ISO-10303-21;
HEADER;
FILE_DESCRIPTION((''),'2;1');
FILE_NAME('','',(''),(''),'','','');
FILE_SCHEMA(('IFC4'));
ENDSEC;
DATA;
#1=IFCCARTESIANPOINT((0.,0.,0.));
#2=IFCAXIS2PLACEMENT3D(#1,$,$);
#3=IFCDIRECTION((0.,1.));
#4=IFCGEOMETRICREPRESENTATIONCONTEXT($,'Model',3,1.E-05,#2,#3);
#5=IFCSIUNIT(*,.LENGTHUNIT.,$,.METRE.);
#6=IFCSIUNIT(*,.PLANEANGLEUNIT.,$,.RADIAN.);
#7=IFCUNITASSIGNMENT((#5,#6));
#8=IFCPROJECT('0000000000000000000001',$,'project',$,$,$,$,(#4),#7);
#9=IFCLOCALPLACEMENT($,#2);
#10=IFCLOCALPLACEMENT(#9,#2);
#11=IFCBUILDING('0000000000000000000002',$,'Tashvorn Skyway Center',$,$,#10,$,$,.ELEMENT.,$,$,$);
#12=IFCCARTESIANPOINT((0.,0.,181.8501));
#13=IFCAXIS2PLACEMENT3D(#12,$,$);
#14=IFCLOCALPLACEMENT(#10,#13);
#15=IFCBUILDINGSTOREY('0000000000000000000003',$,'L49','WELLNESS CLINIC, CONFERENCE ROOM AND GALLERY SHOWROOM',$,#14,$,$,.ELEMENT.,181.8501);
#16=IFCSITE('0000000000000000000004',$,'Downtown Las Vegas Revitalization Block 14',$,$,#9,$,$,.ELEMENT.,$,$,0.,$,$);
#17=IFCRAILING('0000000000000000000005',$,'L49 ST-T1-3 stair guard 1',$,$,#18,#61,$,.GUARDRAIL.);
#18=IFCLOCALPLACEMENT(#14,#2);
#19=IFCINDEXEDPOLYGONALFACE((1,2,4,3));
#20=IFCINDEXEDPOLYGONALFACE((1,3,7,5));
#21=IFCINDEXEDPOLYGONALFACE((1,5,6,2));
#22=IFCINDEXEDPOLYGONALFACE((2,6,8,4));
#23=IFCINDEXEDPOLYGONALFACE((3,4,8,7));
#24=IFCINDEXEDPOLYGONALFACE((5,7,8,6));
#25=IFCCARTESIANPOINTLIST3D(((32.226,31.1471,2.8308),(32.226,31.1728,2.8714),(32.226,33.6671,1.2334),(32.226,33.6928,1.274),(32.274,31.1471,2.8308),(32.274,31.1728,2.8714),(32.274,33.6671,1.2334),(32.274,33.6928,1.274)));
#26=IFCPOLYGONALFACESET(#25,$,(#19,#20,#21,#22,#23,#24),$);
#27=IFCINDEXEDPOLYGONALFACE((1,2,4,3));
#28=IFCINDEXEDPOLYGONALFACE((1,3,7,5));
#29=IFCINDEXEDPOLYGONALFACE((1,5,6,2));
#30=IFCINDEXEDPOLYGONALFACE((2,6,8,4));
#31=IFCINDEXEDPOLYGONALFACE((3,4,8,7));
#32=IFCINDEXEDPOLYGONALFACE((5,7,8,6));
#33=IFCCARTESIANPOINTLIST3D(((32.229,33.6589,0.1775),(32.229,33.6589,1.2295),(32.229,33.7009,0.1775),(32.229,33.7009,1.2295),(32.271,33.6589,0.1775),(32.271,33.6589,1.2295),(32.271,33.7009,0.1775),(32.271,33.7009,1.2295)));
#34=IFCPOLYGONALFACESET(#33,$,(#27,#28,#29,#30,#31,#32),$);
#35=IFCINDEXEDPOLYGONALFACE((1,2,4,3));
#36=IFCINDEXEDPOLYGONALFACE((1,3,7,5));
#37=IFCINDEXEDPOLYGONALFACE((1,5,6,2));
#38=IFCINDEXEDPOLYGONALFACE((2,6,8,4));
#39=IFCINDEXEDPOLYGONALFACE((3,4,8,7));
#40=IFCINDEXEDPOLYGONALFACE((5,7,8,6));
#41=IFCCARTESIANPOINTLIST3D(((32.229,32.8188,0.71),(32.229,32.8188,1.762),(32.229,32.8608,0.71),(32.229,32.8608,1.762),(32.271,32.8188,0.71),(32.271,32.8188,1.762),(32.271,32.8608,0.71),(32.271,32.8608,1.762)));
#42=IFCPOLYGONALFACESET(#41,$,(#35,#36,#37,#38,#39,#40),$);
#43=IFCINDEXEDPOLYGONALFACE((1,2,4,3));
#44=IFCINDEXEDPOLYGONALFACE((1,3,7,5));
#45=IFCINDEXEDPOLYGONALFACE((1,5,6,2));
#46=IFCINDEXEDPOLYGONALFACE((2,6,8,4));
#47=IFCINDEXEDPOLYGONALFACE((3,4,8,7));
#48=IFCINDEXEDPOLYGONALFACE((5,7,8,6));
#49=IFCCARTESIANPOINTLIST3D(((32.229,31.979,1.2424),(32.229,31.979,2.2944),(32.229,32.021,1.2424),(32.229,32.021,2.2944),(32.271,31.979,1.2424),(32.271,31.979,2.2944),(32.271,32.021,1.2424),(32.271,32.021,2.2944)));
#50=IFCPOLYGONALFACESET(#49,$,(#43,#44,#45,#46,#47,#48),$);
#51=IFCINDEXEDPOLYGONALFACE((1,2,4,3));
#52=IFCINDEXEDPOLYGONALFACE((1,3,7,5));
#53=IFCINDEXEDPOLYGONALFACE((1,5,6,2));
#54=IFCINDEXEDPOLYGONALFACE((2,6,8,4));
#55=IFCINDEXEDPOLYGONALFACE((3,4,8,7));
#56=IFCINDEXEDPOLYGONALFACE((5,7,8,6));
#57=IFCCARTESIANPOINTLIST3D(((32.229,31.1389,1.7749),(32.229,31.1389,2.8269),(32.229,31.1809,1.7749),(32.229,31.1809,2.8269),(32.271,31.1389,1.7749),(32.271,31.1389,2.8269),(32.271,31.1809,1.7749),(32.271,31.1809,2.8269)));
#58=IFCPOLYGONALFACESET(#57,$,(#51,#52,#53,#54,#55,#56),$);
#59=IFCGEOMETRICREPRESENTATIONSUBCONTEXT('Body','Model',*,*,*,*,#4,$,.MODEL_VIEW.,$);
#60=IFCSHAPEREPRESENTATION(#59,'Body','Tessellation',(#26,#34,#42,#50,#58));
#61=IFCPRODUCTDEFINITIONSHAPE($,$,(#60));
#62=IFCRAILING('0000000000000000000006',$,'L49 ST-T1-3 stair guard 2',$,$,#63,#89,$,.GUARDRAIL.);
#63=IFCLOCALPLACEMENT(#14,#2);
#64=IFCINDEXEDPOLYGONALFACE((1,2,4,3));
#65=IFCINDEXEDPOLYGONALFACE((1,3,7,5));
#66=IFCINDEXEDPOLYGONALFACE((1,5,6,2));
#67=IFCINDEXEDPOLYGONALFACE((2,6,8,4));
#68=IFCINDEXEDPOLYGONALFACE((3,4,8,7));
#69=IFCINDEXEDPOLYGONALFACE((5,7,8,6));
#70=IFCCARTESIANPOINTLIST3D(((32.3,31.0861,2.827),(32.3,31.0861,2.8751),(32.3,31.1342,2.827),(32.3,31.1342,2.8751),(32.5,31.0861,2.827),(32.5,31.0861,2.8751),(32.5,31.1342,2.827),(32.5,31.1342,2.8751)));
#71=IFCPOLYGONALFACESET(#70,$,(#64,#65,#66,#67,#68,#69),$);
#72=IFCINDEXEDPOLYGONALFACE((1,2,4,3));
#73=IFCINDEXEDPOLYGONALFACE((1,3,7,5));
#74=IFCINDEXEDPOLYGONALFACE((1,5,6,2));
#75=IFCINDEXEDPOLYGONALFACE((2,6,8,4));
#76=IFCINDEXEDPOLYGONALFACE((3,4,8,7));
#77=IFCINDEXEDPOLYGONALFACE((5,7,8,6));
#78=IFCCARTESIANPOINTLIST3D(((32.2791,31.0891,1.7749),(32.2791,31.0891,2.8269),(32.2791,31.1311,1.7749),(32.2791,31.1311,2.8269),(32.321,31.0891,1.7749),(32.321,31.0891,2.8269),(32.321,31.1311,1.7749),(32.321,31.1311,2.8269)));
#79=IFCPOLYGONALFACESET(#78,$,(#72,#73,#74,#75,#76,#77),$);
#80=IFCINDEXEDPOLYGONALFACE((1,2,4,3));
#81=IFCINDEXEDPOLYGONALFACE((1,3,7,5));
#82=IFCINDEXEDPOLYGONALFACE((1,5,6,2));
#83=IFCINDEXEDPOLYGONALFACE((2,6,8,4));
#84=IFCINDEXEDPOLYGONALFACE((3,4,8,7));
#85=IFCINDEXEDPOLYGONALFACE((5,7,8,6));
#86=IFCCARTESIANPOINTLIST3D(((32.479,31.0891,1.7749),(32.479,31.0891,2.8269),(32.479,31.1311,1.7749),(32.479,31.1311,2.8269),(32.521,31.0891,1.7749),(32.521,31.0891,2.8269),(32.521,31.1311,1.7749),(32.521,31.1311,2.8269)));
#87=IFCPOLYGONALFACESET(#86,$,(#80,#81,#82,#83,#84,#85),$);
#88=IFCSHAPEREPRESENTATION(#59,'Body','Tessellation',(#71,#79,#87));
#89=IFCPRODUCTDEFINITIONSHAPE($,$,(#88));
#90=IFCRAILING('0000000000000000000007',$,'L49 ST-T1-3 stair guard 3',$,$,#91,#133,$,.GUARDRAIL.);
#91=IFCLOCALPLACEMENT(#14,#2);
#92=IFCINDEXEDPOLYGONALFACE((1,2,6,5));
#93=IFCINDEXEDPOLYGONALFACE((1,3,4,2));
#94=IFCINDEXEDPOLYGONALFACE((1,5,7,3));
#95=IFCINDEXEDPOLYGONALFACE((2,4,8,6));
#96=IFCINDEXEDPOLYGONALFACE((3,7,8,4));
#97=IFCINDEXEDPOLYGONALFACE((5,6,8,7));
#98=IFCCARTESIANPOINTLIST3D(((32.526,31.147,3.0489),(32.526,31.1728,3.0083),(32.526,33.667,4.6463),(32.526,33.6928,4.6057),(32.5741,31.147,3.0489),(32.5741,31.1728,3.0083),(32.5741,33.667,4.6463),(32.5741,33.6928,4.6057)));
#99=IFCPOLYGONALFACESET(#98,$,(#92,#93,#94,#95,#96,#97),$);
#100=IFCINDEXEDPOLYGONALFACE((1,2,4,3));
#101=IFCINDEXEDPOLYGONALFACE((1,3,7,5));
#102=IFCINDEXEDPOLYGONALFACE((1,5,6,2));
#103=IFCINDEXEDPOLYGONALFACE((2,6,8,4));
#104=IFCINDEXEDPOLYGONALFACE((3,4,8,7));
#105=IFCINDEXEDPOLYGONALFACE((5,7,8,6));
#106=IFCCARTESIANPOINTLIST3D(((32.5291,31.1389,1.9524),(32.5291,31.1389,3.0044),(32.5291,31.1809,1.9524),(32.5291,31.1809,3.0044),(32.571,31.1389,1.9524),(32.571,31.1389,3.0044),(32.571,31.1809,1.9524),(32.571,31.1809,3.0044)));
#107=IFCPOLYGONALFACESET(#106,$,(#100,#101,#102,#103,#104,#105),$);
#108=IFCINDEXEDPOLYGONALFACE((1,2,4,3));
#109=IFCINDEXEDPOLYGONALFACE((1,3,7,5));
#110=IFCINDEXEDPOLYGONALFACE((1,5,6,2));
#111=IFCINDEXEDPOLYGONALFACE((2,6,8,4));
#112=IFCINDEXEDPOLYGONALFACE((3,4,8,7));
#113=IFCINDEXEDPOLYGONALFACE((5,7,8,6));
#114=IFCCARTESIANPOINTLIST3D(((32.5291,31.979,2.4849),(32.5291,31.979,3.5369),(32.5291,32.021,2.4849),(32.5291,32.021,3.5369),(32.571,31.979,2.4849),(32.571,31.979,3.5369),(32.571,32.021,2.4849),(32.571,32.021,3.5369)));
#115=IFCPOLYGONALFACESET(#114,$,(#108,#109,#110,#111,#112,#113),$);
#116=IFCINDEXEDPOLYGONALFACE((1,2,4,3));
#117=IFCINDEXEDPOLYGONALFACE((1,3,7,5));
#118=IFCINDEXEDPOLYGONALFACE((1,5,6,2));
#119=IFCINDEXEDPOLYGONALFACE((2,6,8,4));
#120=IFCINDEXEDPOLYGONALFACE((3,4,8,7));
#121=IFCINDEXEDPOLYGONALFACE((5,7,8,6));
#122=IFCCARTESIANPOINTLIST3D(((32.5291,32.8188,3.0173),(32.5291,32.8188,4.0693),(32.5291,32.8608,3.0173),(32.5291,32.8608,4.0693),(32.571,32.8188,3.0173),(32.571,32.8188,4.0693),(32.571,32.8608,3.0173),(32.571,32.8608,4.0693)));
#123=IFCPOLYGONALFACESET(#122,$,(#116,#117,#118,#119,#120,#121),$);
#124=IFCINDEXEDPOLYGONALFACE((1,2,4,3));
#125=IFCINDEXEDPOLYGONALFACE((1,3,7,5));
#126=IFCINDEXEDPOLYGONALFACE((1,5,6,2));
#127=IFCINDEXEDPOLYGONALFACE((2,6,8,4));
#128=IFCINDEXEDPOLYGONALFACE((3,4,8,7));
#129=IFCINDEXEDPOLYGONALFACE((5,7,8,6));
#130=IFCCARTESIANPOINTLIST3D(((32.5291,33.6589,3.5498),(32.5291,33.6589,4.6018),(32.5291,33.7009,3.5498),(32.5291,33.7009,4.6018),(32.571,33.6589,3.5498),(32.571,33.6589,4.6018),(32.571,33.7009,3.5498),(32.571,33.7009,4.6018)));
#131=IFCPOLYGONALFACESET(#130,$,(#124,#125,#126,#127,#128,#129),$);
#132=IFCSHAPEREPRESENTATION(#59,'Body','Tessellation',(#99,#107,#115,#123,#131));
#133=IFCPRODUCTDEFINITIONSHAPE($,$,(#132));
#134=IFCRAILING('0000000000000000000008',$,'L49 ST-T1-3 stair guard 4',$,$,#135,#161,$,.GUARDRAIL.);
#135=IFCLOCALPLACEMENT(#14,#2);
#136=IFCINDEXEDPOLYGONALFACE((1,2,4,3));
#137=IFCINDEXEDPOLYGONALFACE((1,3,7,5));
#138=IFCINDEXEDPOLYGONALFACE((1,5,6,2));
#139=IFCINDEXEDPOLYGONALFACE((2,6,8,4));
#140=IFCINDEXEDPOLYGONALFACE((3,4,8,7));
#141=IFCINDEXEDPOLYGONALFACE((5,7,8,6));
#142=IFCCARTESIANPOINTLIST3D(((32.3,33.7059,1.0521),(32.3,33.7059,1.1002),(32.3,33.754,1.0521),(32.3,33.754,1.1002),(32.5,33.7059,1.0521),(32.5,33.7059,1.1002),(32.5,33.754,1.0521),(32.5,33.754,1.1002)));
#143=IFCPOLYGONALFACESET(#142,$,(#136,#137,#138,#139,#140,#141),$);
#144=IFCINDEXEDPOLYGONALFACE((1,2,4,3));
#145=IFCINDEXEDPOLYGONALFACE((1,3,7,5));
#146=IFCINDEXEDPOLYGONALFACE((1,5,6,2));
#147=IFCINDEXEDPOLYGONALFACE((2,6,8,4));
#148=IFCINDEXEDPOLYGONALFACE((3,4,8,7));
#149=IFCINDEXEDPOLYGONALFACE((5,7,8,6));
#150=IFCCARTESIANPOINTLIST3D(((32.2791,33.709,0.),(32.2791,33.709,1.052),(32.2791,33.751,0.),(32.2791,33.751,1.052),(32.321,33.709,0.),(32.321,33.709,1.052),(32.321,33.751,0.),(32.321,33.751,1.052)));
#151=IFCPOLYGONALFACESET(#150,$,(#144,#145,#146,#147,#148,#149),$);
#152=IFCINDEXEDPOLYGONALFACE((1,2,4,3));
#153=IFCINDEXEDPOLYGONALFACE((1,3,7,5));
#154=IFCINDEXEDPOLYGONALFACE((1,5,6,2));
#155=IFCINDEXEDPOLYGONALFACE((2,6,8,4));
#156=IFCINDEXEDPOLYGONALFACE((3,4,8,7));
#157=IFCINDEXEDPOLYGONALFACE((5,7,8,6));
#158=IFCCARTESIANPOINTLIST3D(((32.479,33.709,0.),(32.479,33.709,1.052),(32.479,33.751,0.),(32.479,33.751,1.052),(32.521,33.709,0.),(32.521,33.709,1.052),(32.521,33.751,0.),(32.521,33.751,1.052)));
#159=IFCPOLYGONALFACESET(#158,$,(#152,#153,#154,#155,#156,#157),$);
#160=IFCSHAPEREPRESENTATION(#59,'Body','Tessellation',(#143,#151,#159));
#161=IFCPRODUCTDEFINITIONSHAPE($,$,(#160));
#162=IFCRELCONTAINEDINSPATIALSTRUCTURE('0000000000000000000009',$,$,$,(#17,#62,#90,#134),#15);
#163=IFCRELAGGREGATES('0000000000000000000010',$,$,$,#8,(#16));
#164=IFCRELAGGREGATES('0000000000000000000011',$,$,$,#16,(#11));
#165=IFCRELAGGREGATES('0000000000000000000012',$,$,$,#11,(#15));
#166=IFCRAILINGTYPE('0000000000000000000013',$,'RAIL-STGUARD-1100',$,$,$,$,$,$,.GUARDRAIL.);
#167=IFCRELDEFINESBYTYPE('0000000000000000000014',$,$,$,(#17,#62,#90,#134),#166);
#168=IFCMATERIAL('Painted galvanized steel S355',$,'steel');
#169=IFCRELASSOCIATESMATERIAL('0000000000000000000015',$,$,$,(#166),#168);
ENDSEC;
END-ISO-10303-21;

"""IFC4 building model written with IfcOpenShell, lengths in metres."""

from ifc_helpers import new_model, si_unit, direction, frame, origin, origin_2d, place, context, subcontext, project, spatial, rectangle, extrude, material, type_object, element, save


model = new_model("IFC4")

# Units and contexts
model_context = context("Model", 3, precision=1e-05, world=origin(), true_north=direction((0.0, 1.0)))
body_context = subcontext(model_context, "Body", "Model", "MODEL_VIEW")
ifc_project = project(units=[si_unit("LENGTHUNIT", "METRE"), si_unit("PLANEANGLEUNIT", "RADIAN")], contexts=[model_context])

# Site, building, storey
site_placement = place(None, origin())
site = spatial("IfcSite", under=ifc_project, at=site_placement, Name="Downtown Las Vegas Revitalization Block 14", CompositionType="ELEMENT", RefElevation=0.0)
building_placement = place(site_placement, origin())
building = spatial("IfcBuilding", under=site, at=building_placement, Name="Tashvorn Skyway Center", CompositionType="ELEMENT")
storey_placement = place(building_placement, frame((0.0, 0.0, 181.8501)))
storey = spatial("IfcBuildingStorey", under=building, at=storey_placement, Name="L49", Description="WELLNESS CLINIC, CONFERENCE ROOM AND GALLERY SHOWROOM", CompositionType="ELEMENT", Elevation=181.8501)

# Railings
ifc_material_1 = material(Name="Painted galvanized steel S355", Category="steel")
railing_type_1 = type_object("IfcRailingType", Name="RAIL-STGUARD-1100", PredefinedType="GUARDRAIL", material=ifc_material_1)
railing_1_placement = place(storey_placement, frame((32.25, 33.6799, 0.1775)))
element("IfcRailing", 1, at=railing_1_placement, inside=storey, type_object=railing_type_1, Name="L49 ST-T1-3 stair guard 1", PredefinedType="GUARDRAIL", context=body_context, shape_type="SweptSolid", body=[
    extrude(rectangle(XDim=0.0481, YDim=0.0481, at=origin_2d()), frame((0.0, 0.0, 1.0762), z_axis=(0.0, -0.844607, 0.535387), x_axis=(1.0, 0.0, 0.0)), (0.0, 0.0, 1.0), 2.9836),
    extrude(rectangle(XDim=0.042, YDim=0.042, at=origin_2d()), origin(), (0.0, 0.0, 1.0), 1.052),
    extrude(rectangle(XDim=0.042, YDim=0.042, at=origin_2d()), frame((0.0, -0.8401, 0.5325)), (0.0, 0.0, 1.0), 1.052),
    extrude(rectangle(XDim=0.042, YDim=0.042, at=origin_2d()), frame((0.0, -1.6799, 1.0649)), (0.0, 0.0, 1.0), 1.052),
    extrude(rectangle(XDim=0.042, YDim=0.042, at=origin_2d()), frame((0.0, -2.52, 1.5974)), (0.0, 0.0, 1.0), 1.052),
])
railing_2_placement = place(storey_placement, frame((32.3, 31.1101, 1.7749)))
element("IfcRailing", 2, at=railing_2_placement, inside=storey, type_object=railing_type_1, Name="L49 ST-T1-3 stair guard 2", PredefinedType="GUARDRAIL", context=body_context, shape_type="SweptSolid", body=[
    extrude(rectangle(XDim=0.0481, YDim=0.0481, at=origin_2d()), frame((0.0, 0.0, 1.0762), z_axis=(1.0, 0.0, 0.0), x_axis=(0.0, 1.0, 0.0)), (0.0, 0.0, 1.0), 0.2),
    extrude(rectangle(XDim=0.042, YDim=0.042, at=origin_2d()), origin(), (0.0, 0.0, 1.0), 1.052),
    extrude(rectangle(XDim=0.042, YDim=0.042, at=origin_2d()), frame((0.2, 0.0, 0.0)), (0.0, 0.0, 1.0), 1.052),
])
railing_3_placement = place(storey_placement, frame((32.55, 31.1599, 1.9524)))
element("IfcRailing", 3, at=railing_3_placement, inside=storey, type_object=railing_type_1, Name="L49 ST-T1-3 stair guard 3", PredefinedType="GUARDRAIL", context=body_context, shape_type="SweptSolid", body=[
    extrude(rectangle(XDim=0.0481, YDim=0.0481, at=origin_2d()), frame((0.0, 0.0, 1.0762), z_axis=(0.0, 0.844607, 0.535387), x_axis=(-1.0, 0.0, 0.0)), (0.0, 0.0, 1.0), 2.9836),
    extrude(rectangle(XDim=0.042, YDim=0.042, at=origin_2d()), origin(), (0.0, 0.0, 1.0), 1.052),
    extrude(rectangle(XDim=0.042, YDim=0.042, at=origin_2d()), frame((0.0, 0.8401, 0.5325)), (0.0, 0.0, 1.0), 1.052),
    extrude(rectangle(XDim=0.042, YDim=0.042, at=origin_2d()), frame((0.0, 1.6799, 1.0649)), (0.0, 0.0, 1.0), 1.052),
    extrude(rectangle(XDim=0.042, YDim=0.042, at=origin_2d()), frame((0.0, 2.52, 1.5974)), (0.0, 0.0, 1.0), 1.052),
])
railing_4_placement = place(storey_placement, frame((32.3, 33.73, 0.0)))
element("IfcRailing", 4, at=railing_4_placement, inside=storey, type_object=railing_type_1, Name="L49 ST-T1-3 stair guard 4", PredefinedType="GUARDRAIL", context=body_context, shape_type="SweptSolid", body=[
    extrude(rectangle(XDim=0.0481, YDim=0.0481, at=origin_2d()), frame((0.0, 0.0, 1.0762), z_axis=(1.0, 0.0, 0.0), x_axis=(0.0, 1.0, 0.0)), (0.0, 0.0, 1.0), 0.2),
    extrude(rectangle(XDim=0.042, YDim=0.042, at=origin_2d()), origin(), (0.0, 0.0, 1.0), 1.052),
    extrude(rectangle(XDim=0.042, YDim=0.042, at=origin_2d()), frame((0.2, 0.0, 0.0)), (0.0, 0.0, 1.0), 1.052),
])

save(model, "model.ifc")
